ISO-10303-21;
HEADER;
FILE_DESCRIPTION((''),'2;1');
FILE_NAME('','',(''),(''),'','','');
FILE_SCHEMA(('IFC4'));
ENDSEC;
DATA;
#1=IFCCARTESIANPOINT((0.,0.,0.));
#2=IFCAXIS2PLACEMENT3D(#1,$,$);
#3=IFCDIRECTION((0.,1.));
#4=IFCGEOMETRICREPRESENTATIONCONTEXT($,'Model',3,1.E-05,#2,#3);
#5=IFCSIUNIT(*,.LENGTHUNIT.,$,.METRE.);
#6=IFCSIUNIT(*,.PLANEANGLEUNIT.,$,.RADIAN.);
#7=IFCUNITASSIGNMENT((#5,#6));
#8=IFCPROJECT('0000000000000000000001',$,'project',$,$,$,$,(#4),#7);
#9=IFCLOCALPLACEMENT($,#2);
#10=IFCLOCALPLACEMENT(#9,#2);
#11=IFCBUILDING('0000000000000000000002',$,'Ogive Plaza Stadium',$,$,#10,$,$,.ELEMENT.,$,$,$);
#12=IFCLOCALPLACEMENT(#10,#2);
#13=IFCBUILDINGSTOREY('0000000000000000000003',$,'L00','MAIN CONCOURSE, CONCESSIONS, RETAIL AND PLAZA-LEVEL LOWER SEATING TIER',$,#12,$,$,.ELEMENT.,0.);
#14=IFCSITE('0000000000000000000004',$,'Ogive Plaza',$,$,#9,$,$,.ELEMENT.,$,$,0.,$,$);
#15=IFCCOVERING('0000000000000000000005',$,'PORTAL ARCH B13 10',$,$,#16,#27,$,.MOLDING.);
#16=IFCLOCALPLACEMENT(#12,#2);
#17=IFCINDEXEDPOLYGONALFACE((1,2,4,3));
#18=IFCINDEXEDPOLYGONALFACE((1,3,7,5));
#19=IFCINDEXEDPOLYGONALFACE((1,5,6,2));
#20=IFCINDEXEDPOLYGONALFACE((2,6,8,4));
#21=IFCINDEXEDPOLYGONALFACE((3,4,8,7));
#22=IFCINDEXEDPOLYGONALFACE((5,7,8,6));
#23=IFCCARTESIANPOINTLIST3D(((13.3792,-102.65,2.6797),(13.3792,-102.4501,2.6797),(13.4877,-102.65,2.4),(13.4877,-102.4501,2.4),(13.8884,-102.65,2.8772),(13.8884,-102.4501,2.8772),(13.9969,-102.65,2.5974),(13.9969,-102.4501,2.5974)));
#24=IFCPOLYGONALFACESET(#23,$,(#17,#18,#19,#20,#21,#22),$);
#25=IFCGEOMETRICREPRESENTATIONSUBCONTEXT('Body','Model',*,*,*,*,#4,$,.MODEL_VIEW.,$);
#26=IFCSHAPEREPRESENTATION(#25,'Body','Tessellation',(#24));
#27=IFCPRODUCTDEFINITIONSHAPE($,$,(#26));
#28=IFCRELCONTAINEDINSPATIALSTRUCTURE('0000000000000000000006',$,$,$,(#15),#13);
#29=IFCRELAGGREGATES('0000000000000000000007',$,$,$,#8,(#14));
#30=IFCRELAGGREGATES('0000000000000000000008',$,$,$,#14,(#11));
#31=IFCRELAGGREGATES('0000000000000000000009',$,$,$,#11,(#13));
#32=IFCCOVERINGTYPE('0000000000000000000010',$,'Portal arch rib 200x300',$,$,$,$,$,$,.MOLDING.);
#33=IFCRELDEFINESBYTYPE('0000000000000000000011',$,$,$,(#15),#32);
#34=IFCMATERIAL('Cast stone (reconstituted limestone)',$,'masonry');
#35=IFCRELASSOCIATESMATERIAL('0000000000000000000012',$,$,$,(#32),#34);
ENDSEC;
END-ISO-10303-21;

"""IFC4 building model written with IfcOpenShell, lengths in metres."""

from ifc_helpers import new_model, si_unit, direction, frame, origin, origin_2d, place, context, subcontext, project, spatial, rectangle, extrude, material, material_profile, profile_set, type_object, element, save


model = new_model("IFC4")

# Units and contexts
model_context = context("Model", 3, precision=1e-05, world=origin(), true_north=direction((0.0, 1.0)))
body_context = subcontext(model_context, "Body", "Model", "MODEL_VIEW")
ifc_project = project(units=[si_unit("LENGTHUNIT", "METRE"), si_unit("PLANEANGLEUNIT", "RADIAN")], contexts=[model_context])

# Site, building, storey
site_placement = place(None, origin())
site = spatial("IfcSite", under=ifc_project, at=site_placement, Name="Ogive Plaza", CompositionType="ELEMENT", RefElevation=0.0)
building_placement = place(site_placement, origin())
building = spatial("IfcBuilding", under=site, at=building_placement, Name="Ogive Plaza Stadium", CompositionType="ELEMENT")
storey_placement = place(building_placement, origin())
storey = spatial("IfcBuildingStorey", under=building, at=storey_placement, Name="L00", Description="MAIN CONCOURSE, CONCESSIONS, RETAIL AND PLAZA-LEVEL LOWER SEATING TIER", CompositionType="ELEMENT", Elevation=0.0)

# Covering
ifc_material = material(Name="Cast stone (reconstituted limestone)", Category="masonry")
ifc_material_profile = material_profile(ifc_material, rectangle(XDim=0.2, YDim=0.3, at=origin_2d()), Name="Cast stone 200x300")
ifc_profile_set = profile_set([ifc_material_profile], Name="Cast stone (reconstituted limestone)")
covering_type = type_object("IfcCoveringType", Name="Portal arch rib 200x300", PredefinedType="MOLDING", material=ifc_profile_set)
covering_1_placement = place(storey_placement, frame((13.9426, -102.55, 2.7373), z_axis=(-0.93234, 0.0, -0.361583), x_axis=(0.0, -1.0, 0.0)))
element("IfcCovering", 1, at=covering_1_placement, inside=storey, type_object=covering_type, Name="PORTAL ARCH B13 10", PredefinedType="MOLDING", context=body_context, shape_type="SweptSolid", body=[
    extrude(rectangle(XDim=0.2, YDim=0.3, at=origin_2d()), origin(), (0.0, 0.0, 1.0), 0.5461),
])

save(model, "model.ifc")
